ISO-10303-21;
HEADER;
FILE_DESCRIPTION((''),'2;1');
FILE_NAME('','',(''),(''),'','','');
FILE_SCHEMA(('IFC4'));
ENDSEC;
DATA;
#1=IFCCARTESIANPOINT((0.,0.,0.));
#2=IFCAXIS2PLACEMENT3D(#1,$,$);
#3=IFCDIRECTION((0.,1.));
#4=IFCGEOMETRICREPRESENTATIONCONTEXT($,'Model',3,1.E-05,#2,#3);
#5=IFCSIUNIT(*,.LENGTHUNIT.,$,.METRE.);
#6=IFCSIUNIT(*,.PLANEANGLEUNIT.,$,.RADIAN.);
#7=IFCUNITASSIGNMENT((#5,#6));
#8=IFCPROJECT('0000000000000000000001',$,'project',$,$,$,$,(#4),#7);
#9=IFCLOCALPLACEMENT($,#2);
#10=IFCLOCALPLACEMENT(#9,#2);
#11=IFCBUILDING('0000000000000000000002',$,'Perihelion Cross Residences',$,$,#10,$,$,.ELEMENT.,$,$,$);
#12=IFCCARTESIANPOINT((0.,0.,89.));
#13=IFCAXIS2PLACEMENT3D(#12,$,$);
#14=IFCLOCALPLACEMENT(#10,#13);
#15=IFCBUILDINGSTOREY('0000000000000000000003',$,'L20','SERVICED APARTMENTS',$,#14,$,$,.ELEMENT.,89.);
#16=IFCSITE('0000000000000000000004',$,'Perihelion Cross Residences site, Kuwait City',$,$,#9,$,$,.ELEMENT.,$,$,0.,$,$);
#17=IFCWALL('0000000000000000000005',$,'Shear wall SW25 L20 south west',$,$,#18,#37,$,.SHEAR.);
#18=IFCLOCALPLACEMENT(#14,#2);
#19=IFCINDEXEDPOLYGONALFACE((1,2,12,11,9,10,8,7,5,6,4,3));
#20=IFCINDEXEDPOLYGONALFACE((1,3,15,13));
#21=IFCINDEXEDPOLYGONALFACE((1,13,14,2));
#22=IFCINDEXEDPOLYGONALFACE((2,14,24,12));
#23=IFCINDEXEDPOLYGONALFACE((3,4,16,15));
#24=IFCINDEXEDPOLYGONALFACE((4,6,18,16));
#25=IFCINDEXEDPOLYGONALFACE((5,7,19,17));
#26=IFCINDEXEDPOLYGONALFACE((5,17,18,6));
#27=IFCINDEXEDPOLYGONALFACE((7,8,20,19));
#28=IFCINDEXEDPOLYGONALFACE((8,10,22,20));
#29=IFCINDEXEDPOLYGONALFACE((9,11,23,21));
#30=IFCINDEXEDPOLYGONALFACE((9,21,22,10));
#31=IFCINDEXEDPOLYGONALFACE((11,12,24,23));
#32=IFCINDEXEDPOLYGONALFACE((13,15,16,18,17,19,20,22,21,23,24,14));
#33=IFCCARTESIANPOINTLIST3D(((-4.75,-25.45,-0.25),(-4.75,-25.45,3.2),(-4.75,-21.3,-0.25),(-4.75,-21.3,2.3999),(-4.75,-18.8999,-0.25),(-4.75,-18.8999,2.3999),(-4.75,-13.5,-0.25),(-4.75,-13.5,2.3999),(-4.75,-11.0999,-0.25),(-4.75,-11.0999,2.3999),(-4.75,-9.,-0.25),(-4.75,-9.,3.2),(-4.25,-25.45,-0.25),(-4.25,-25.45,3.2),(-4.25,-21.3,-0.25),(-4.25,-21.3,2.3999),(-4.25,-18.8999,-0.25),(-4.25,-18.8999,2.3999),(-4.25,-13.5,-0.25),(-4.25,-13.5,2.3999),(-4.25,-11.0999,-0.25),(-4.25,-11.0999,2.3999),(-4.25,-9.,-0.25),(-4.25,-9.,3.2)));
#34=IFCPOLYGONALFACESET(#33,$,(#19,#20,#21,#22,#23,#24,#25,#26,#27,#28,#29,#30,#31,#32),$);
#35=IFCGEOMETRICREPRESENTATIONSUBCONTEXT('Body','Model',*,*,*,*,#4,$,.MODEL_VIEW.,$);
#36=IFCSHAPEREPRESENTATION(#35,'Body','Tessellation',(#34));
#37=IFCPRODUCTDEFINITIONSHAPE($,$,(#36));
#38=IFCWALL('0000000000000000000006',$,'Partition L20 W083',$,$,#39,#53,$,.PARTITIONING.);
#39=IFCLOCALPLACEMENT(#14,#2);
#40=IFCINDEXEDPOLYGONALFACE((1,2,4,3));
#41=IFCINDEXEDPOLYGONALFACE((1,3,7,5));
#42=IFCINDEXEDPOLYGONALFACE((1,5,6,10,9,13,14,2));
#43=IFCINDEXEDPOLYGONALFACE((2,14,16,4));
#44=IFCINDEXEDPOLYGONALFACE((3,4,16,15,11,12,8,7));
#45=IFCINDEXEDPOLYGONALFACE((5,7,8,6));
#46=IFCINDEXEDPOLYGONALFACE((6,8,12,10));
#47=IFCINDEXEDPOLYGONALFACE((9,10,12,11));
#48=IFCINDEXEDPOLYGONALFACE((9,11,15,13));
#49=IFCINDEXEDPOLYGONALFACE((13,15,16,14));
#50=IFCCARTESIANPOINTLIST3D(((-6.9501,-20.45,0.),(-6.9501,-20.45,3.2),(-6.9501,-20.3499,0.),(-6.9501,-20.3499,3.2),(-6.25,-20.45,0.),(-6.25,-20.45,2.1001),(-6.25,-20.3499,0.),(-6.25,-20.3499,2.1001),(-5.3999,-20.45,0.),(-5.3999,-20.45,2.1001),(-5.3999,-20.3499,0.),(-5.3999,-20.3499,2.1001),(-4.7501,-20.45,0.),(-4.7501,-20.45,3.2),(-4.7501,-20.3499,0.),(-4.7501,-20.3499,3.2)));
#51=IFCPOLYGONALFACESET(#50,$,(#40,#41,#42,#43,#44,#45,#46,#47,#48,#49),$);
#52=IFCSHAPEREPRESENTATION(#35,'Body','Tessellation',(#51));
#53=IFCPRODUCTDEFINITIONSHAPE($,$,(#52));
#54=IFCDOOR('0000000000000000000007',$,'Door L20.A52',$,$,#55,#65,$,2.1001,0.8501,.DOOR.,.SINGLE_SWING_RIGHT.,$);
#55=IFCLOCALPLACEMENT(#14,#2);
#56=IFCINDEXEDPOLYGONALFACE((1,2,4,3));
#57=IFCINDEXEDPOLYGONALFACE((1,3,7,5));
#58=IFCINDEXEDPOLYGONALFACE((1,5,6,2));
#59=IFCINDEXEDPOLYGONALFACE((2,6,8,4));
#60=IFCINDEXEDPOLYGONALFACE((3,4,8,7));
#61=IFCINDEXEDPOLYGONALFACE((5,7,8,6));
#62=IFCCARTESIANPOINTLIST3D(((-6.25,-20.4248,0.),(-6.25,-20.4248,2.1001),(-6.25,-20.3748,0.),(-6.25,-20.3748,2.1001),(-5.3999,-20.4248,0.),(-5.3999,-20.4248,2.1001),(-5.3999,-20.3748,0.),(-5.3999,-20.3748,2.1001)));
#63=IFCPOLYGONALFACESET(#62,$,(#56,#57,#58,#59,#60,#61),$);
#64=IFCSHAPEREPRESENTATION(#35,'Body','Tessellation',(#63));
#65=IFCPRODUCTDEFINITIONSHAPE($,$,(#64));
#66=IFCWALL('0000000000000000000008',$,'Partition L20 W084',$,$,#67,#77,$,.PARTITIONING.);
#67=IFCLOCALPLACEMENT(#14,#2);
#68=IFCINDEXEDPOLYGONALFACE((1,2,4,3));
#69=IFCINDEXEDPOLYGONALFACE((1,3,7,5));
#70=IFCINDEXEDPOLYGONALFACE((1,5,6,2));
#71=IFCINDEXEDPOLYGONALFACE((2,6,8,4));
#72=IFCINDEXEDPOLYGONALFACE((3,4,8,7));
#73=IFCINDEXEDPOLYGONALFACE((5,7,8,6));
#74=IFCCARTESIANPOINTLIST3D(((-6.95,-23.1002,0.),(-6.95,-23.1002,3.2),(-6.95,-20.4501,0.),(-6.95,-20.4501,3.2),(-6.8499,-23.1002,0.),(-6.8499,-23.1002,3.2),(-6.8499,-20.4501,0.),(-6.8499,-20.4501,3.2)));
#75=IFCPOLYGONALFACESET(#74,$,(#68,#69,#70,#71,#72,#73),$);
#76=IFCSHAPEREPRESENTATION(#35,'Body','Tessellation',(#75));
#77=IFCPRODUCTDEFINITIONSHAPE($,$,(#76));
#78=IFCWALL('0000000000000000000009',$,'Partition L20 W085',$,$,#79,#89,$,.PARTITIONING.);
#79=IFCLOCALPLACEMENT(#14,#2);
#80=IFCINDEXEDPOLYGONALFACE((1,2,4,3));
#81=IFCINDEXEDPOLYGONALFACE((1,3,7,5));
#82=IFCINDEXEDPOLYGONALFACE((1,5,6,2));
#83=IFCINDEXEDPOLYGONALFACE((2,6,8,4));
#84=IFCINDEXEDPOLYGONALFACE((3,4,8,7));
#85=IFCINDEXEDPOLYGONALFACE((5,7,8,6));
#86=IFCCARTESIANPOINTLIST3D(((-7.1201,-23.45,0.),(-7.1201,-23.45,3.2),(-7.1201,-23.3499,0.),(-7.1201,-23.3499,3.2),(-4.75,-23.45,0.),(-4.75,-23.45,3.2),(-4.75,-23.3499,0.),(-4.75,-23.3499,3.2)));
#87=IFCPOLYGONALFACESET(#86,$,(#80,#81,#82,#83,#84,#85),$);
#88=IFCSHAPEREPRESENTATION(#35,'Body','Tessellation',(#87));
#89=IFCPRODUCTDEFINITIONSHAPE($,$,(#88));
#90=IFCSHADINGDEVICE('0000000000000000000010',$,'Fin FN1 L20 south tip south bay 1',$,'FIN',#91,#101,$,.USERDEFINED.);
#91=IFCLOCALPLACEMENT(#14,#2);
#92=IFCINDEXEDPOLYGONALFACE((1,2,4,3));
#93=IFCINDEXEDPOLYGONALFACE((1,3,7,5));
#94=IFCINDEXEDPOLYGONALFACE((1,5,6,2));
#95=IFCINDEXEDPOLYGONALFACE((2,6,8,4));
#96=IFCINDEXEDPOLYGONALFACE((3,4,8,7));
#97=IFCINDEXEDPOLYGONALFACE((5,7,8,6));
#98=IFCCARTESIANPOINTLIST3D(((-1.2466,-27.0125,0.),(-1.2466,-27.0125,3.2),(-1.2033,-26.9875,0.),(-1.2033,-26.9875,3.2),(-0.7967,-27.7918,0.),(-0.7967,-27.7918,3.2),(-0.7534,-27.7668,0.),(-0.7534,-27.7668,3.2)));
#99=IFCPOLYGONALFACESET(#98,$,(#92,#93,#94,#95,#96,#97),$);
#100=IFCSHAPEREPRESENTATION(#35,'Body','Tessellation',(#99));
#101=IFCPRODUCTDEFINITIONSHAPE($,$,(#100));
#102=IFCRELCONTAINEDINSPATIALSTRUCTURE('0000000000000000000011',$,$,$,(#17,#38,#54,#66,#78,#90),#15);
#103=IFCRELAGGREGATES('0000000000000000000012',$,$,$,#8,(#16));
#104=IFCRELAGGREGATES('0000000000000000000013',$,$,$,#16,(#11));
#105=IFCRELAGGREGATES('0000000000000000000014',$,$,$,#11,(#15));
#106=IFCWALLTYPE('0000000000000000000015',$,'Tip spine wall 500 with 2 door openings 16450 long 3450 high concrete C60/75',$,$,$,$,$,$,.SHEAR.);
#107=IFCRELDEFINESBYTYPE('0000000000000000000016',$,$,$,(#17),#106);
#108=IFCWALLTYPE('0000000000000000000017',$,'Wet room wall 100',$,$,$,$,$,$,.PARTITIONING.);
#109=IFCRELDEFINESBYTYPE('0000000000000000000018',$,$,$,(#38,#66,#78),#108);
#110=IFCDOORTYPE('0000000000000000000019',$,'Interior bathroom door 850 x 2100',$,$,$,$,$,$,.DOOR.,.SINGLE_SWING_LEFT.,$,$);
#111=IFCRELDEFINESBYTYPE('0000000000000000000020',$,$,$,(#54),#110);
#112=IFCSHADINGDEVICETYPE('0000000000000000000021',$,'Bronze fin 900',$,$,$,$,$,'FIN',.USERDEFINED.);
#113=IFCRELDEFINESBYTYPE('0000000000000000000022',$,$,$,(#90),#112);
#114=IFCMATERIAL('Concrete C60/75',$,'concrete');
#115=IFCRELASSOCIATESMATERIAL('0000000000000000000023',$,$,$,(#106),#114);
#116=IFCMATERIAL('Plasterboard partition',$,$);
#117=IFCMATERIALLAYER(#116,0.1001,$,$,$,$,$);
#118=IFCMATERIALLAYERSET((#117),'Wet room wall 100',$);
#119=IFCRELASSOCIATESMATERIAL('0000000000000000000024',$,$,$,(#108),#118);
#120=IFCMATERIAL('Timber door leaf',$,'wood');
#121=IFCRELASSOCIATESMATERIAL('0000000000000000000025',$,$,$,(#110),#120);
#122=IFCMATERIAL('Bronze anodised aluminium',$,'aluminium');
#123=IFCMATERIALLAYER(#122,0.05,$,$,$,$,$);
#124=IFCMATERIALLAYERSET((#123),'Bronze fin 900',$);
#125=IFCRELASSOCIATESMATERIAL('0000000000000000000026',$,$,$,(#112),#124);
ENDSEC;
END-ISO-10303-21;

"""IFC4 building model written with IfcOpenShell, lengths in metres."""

from ifc_helpers import new_model, si_unit, direction, frame, frame_2d, origin, origin_2d, place, context, subcontext, project, spatial, polyline, rectangle, outline, extrude, material, layer, layer_set, material_profile, profile_set, type_object, element, fill, save


model = new_model("IFC4")

# Units and contexts
model_context = context("Model", 3, precision=1e-05, world=origin(), true_north=direction((0.0, 1.0)))
body_context = subcontext(model_context, "Body", "Model", "MODEL_VIEW")
ifc_project = project(units=[si_unit("LENGTHUNIT", "METRE"), si_unit("PLANEANGLEUNIT", "RADIAN")], contexts=[model_context])

# Site, building, storey
site_placement = place(None, origin())
site = spatial("IfcSite", under=ifc_project, at=site_placement, Name="Perihelion Cross Residences site, Kuwait City", CompositionType="ELEMENT", RefElevation=0.0)
building_placement = place(site_placement, origin())
building = spatial("IfcBuilding", under=site, at=building_placement, Name="Perihelion Cross Residences", CompositionType="ELEMENT")
storey_placement = place(building_placement, frame((0.0, 0.0, 89.0)))
storey = spatial("IfcBuildingStorey", under=building, at=storey_placement, Name="L20", Description="SERVICED APARTMENTS", CompositionType="ELEMENT", Elevation=89.0)

# Wall
ifc_material_1 = material(Name="Concrete C60/75", Category="concrete")
ifc_material_profile_1 = material_profile(ifc_material_1, outline(polyline([(0.0, 0.0), (4.1499, 0.0), (4.1499, 2.6499), (6.55, 2.6499), (6.55, 0.0), (11.95, 0.0), (11.95, 2.6499), (14.3501, 2.6499), (14.3501, 0.0), (16.45, 0.0), (16.45, 3.45), (0.0, 3.45), (0.0, 0.0)])), Name="Tip spine wall")
ifc_profile_set_1 = profile_set([ifc_material_profile_1], Name="Concrete C60/75")
wall_type_1 = type_object("IfcWallType", Name="Tip spine wall 500 with 2 door openings 16450 long 3450 high concrete C60/75", PredefinedType="SHEAR", material=ifc_profile_set_1)
wall_1_placement = place(storey_placement, frame((-4.75, -25.45, -0.25), z_axis=(1.0, 0.0, 0.0), x_axis=(0.0, 1.0, 0.0)))
element("IfcWall", 1, at=wall_1_placement, inside=storey, type_object=wall_type_1, Name="Shear wall SW25 L20 south west", PredefinedType="SHEAR", context=body_context, shape_type="SweptSolid", body=[
    extrude(outline(polyline([(0.0, 0.0), (4.1499, 0.0), (4.1499, 2.6499), (6.55, 2.6499), (6.55, 0.0), (11.95, 0.0), (11.95, 2.6499), (14.3501, 2.6499), (14.3501, 0.0), (16.45, 0.0), (16.45, 3.45), (0.0, 3.45), (0.0, 0.0)])), origin(), (0.0, 0.0, 1.0), 0.5),
])

# Wall, opening, door
ifc_material_2 = material(Name="Plasterboard partition")
ifc_layer_1 = layer(ifc_material_2, 0.1001)
ifc_layer_set_1 = layer_set([ifc_layer_1], Name="Wet room wall 100")
wall_type_2 = type_object("IfcWallType", Name="Wet room wall 100", PredefinedType="PARTITIONING", material=ifc_layer_set_1)
wall_2_placement = place(storey_placement, frame((-4.75, -20.3999, 0.0), z_axis=(0.0, 0.0, 1.0), x_axis=(-1.0, 0.0, 0.0)))
wall_2 = element("IfcWall", 2, at=wall_2_placement, inside=storey, type_object=wall_type_2, Name="Partition L20 W083", PredefinedType="PARTITIONING", context=body_context, shape_type="SweptSolid", body=[
    extrude(rectangle(XDim=2.2, YDim=0.1001, at=frame_2d((1.1001, 0.0))), origin(), (0.0, 0.0, 1.0), 3.2),
])
opening_1_placement = place(wall_2_placement, frame((0.6499, 0.0, 0.0)))
opening_1 = element("IfcOpeningElement", 3, at=opening_1_placement, cuts=wall_2, PredefinedType="OPENING", context=body_context, shape_type="SweptSolid", body=[
    extrude(rectangle(XDim=0.8501, YDim=2.1001, at=frame_2d((0.425, 1.05))), frame((0.0, 0.0601, 0.0), z_axis=(0.0, -1.0, 0.0), x_axis=(1.0, 0.0, 0.0)), (0.0, 0.0, 1.0), 0.1201),
])
ifc_material_3 = material(Name="Timber door leaf", Category="wood")
door_type_1 = type_object("IfcDoorType", Name="Interior bathroom door 850 x 2100", OperationType="SINGLE_SWING_LEFT", PredefinedType="DOOR", material=ifc_material_3)
door_1_placement = place(opening_1_placement, origin())
door_1 = element("IfcDoor", 4, at=door_1_placement, inside=storey, type_object=door_type_1, Name="Door L20.A52", OperationType="SINGLE_SWING_RIGHT", OverallHeight=2.1001, OverallWidth=0.8501, PredefinedType="DOOR", context=body_context, shape_type="SweptSolid", body=[
    extrude(rectangle(XDim=0.8501, YDim=2.1001, at=frame_2d((0.425, 1.05))), frame((0.0, 0.0249, 0.0), z_axis=(0.0, -1.0, 0.0), x_axis=(1.0, 0.0, 0.0)), (0.0, 0.0, 1.0), 0.05),
])
fill(opening_1, door_1)

# Walls
wall_3_placement = place(storey_placement, frame((-6.8999, -20.45, 0.0), z_axis=(0.0, 0.0, 1.0), x_axis=(0.0, -1.0, 0.0)))
element("IfcWall", 5, at=wall_3_placement, inside=storey, type_object=wall_type_2, Name="Partition L20 W084", PredefinedType="PARTITIONING", context=body_context, shape_type="SweptSolid", body=[
    extrude(rectangle(XDim=2.6501, YDim=0.1001, at=frame_2d((1.3252, 0.0))), origin(), (0.0, 0.0, 1.0), 3.2),
])
wall_4_placement = place(storey_placement, frame((-4.75, -23.3999, 0.0), z_axis=(0.0, 0.0, 1.0), x_axis=(-1.0, 0.0, 0.0)))
element("IfcWall", 6, at=wall_4_placement, inside=storey, type_object=wall_type_2, Name="Partition L20 W085", PredefinedType="PARTITIONING", context=body_context, shape_type="SweptSolid", body=[
    extrude(rectangle(XDim=2.3701, YDim=0.1001, at=frame_2d((1.1851, 0.0))), origin(), (0.0, 0.0, 1.0), 3.2),
])

# Shading device
ifc_material_4 = material(Name="Bronze anodised aluminium", Category="aluminium")
ifc_layer_2 = layer(ifc_material_4, 0.05)
ifc_layer_set_2 = layer_set([ifc_layer_2], Name="Bronze fin 900")
shading_device_type = type_object("IfcShadingDeviceType", Name="Bronze fin 900", ElementType="FIN", PredefinedType="USERDEFINED", material=ifc_layer_set_2)
shading_device_placement = place(storey_placement, frame((-1.0, -27.3896, 0.0), z_axis=(0.0, 0.0, 1.0), x_axis=(0.5, -0.866025, 0.0)))
element("IfcShadingDevice", 7, at=shading_device_placement, inside=storey, type_object=shading_device_type, Name="Fin FN1 L20 south tip south bay 1", ObjectType="FIN", PredefinedType="USERDEFINED", context=body_context, shape_type="SweptSolid", body=[
    extrude(rectangle(XDim=0.8999, YDim=0.05, at=origin_2d()), origin(), (0.0, 0.0, 1.0), 3.2),
])

save(model, "model.ifc")
